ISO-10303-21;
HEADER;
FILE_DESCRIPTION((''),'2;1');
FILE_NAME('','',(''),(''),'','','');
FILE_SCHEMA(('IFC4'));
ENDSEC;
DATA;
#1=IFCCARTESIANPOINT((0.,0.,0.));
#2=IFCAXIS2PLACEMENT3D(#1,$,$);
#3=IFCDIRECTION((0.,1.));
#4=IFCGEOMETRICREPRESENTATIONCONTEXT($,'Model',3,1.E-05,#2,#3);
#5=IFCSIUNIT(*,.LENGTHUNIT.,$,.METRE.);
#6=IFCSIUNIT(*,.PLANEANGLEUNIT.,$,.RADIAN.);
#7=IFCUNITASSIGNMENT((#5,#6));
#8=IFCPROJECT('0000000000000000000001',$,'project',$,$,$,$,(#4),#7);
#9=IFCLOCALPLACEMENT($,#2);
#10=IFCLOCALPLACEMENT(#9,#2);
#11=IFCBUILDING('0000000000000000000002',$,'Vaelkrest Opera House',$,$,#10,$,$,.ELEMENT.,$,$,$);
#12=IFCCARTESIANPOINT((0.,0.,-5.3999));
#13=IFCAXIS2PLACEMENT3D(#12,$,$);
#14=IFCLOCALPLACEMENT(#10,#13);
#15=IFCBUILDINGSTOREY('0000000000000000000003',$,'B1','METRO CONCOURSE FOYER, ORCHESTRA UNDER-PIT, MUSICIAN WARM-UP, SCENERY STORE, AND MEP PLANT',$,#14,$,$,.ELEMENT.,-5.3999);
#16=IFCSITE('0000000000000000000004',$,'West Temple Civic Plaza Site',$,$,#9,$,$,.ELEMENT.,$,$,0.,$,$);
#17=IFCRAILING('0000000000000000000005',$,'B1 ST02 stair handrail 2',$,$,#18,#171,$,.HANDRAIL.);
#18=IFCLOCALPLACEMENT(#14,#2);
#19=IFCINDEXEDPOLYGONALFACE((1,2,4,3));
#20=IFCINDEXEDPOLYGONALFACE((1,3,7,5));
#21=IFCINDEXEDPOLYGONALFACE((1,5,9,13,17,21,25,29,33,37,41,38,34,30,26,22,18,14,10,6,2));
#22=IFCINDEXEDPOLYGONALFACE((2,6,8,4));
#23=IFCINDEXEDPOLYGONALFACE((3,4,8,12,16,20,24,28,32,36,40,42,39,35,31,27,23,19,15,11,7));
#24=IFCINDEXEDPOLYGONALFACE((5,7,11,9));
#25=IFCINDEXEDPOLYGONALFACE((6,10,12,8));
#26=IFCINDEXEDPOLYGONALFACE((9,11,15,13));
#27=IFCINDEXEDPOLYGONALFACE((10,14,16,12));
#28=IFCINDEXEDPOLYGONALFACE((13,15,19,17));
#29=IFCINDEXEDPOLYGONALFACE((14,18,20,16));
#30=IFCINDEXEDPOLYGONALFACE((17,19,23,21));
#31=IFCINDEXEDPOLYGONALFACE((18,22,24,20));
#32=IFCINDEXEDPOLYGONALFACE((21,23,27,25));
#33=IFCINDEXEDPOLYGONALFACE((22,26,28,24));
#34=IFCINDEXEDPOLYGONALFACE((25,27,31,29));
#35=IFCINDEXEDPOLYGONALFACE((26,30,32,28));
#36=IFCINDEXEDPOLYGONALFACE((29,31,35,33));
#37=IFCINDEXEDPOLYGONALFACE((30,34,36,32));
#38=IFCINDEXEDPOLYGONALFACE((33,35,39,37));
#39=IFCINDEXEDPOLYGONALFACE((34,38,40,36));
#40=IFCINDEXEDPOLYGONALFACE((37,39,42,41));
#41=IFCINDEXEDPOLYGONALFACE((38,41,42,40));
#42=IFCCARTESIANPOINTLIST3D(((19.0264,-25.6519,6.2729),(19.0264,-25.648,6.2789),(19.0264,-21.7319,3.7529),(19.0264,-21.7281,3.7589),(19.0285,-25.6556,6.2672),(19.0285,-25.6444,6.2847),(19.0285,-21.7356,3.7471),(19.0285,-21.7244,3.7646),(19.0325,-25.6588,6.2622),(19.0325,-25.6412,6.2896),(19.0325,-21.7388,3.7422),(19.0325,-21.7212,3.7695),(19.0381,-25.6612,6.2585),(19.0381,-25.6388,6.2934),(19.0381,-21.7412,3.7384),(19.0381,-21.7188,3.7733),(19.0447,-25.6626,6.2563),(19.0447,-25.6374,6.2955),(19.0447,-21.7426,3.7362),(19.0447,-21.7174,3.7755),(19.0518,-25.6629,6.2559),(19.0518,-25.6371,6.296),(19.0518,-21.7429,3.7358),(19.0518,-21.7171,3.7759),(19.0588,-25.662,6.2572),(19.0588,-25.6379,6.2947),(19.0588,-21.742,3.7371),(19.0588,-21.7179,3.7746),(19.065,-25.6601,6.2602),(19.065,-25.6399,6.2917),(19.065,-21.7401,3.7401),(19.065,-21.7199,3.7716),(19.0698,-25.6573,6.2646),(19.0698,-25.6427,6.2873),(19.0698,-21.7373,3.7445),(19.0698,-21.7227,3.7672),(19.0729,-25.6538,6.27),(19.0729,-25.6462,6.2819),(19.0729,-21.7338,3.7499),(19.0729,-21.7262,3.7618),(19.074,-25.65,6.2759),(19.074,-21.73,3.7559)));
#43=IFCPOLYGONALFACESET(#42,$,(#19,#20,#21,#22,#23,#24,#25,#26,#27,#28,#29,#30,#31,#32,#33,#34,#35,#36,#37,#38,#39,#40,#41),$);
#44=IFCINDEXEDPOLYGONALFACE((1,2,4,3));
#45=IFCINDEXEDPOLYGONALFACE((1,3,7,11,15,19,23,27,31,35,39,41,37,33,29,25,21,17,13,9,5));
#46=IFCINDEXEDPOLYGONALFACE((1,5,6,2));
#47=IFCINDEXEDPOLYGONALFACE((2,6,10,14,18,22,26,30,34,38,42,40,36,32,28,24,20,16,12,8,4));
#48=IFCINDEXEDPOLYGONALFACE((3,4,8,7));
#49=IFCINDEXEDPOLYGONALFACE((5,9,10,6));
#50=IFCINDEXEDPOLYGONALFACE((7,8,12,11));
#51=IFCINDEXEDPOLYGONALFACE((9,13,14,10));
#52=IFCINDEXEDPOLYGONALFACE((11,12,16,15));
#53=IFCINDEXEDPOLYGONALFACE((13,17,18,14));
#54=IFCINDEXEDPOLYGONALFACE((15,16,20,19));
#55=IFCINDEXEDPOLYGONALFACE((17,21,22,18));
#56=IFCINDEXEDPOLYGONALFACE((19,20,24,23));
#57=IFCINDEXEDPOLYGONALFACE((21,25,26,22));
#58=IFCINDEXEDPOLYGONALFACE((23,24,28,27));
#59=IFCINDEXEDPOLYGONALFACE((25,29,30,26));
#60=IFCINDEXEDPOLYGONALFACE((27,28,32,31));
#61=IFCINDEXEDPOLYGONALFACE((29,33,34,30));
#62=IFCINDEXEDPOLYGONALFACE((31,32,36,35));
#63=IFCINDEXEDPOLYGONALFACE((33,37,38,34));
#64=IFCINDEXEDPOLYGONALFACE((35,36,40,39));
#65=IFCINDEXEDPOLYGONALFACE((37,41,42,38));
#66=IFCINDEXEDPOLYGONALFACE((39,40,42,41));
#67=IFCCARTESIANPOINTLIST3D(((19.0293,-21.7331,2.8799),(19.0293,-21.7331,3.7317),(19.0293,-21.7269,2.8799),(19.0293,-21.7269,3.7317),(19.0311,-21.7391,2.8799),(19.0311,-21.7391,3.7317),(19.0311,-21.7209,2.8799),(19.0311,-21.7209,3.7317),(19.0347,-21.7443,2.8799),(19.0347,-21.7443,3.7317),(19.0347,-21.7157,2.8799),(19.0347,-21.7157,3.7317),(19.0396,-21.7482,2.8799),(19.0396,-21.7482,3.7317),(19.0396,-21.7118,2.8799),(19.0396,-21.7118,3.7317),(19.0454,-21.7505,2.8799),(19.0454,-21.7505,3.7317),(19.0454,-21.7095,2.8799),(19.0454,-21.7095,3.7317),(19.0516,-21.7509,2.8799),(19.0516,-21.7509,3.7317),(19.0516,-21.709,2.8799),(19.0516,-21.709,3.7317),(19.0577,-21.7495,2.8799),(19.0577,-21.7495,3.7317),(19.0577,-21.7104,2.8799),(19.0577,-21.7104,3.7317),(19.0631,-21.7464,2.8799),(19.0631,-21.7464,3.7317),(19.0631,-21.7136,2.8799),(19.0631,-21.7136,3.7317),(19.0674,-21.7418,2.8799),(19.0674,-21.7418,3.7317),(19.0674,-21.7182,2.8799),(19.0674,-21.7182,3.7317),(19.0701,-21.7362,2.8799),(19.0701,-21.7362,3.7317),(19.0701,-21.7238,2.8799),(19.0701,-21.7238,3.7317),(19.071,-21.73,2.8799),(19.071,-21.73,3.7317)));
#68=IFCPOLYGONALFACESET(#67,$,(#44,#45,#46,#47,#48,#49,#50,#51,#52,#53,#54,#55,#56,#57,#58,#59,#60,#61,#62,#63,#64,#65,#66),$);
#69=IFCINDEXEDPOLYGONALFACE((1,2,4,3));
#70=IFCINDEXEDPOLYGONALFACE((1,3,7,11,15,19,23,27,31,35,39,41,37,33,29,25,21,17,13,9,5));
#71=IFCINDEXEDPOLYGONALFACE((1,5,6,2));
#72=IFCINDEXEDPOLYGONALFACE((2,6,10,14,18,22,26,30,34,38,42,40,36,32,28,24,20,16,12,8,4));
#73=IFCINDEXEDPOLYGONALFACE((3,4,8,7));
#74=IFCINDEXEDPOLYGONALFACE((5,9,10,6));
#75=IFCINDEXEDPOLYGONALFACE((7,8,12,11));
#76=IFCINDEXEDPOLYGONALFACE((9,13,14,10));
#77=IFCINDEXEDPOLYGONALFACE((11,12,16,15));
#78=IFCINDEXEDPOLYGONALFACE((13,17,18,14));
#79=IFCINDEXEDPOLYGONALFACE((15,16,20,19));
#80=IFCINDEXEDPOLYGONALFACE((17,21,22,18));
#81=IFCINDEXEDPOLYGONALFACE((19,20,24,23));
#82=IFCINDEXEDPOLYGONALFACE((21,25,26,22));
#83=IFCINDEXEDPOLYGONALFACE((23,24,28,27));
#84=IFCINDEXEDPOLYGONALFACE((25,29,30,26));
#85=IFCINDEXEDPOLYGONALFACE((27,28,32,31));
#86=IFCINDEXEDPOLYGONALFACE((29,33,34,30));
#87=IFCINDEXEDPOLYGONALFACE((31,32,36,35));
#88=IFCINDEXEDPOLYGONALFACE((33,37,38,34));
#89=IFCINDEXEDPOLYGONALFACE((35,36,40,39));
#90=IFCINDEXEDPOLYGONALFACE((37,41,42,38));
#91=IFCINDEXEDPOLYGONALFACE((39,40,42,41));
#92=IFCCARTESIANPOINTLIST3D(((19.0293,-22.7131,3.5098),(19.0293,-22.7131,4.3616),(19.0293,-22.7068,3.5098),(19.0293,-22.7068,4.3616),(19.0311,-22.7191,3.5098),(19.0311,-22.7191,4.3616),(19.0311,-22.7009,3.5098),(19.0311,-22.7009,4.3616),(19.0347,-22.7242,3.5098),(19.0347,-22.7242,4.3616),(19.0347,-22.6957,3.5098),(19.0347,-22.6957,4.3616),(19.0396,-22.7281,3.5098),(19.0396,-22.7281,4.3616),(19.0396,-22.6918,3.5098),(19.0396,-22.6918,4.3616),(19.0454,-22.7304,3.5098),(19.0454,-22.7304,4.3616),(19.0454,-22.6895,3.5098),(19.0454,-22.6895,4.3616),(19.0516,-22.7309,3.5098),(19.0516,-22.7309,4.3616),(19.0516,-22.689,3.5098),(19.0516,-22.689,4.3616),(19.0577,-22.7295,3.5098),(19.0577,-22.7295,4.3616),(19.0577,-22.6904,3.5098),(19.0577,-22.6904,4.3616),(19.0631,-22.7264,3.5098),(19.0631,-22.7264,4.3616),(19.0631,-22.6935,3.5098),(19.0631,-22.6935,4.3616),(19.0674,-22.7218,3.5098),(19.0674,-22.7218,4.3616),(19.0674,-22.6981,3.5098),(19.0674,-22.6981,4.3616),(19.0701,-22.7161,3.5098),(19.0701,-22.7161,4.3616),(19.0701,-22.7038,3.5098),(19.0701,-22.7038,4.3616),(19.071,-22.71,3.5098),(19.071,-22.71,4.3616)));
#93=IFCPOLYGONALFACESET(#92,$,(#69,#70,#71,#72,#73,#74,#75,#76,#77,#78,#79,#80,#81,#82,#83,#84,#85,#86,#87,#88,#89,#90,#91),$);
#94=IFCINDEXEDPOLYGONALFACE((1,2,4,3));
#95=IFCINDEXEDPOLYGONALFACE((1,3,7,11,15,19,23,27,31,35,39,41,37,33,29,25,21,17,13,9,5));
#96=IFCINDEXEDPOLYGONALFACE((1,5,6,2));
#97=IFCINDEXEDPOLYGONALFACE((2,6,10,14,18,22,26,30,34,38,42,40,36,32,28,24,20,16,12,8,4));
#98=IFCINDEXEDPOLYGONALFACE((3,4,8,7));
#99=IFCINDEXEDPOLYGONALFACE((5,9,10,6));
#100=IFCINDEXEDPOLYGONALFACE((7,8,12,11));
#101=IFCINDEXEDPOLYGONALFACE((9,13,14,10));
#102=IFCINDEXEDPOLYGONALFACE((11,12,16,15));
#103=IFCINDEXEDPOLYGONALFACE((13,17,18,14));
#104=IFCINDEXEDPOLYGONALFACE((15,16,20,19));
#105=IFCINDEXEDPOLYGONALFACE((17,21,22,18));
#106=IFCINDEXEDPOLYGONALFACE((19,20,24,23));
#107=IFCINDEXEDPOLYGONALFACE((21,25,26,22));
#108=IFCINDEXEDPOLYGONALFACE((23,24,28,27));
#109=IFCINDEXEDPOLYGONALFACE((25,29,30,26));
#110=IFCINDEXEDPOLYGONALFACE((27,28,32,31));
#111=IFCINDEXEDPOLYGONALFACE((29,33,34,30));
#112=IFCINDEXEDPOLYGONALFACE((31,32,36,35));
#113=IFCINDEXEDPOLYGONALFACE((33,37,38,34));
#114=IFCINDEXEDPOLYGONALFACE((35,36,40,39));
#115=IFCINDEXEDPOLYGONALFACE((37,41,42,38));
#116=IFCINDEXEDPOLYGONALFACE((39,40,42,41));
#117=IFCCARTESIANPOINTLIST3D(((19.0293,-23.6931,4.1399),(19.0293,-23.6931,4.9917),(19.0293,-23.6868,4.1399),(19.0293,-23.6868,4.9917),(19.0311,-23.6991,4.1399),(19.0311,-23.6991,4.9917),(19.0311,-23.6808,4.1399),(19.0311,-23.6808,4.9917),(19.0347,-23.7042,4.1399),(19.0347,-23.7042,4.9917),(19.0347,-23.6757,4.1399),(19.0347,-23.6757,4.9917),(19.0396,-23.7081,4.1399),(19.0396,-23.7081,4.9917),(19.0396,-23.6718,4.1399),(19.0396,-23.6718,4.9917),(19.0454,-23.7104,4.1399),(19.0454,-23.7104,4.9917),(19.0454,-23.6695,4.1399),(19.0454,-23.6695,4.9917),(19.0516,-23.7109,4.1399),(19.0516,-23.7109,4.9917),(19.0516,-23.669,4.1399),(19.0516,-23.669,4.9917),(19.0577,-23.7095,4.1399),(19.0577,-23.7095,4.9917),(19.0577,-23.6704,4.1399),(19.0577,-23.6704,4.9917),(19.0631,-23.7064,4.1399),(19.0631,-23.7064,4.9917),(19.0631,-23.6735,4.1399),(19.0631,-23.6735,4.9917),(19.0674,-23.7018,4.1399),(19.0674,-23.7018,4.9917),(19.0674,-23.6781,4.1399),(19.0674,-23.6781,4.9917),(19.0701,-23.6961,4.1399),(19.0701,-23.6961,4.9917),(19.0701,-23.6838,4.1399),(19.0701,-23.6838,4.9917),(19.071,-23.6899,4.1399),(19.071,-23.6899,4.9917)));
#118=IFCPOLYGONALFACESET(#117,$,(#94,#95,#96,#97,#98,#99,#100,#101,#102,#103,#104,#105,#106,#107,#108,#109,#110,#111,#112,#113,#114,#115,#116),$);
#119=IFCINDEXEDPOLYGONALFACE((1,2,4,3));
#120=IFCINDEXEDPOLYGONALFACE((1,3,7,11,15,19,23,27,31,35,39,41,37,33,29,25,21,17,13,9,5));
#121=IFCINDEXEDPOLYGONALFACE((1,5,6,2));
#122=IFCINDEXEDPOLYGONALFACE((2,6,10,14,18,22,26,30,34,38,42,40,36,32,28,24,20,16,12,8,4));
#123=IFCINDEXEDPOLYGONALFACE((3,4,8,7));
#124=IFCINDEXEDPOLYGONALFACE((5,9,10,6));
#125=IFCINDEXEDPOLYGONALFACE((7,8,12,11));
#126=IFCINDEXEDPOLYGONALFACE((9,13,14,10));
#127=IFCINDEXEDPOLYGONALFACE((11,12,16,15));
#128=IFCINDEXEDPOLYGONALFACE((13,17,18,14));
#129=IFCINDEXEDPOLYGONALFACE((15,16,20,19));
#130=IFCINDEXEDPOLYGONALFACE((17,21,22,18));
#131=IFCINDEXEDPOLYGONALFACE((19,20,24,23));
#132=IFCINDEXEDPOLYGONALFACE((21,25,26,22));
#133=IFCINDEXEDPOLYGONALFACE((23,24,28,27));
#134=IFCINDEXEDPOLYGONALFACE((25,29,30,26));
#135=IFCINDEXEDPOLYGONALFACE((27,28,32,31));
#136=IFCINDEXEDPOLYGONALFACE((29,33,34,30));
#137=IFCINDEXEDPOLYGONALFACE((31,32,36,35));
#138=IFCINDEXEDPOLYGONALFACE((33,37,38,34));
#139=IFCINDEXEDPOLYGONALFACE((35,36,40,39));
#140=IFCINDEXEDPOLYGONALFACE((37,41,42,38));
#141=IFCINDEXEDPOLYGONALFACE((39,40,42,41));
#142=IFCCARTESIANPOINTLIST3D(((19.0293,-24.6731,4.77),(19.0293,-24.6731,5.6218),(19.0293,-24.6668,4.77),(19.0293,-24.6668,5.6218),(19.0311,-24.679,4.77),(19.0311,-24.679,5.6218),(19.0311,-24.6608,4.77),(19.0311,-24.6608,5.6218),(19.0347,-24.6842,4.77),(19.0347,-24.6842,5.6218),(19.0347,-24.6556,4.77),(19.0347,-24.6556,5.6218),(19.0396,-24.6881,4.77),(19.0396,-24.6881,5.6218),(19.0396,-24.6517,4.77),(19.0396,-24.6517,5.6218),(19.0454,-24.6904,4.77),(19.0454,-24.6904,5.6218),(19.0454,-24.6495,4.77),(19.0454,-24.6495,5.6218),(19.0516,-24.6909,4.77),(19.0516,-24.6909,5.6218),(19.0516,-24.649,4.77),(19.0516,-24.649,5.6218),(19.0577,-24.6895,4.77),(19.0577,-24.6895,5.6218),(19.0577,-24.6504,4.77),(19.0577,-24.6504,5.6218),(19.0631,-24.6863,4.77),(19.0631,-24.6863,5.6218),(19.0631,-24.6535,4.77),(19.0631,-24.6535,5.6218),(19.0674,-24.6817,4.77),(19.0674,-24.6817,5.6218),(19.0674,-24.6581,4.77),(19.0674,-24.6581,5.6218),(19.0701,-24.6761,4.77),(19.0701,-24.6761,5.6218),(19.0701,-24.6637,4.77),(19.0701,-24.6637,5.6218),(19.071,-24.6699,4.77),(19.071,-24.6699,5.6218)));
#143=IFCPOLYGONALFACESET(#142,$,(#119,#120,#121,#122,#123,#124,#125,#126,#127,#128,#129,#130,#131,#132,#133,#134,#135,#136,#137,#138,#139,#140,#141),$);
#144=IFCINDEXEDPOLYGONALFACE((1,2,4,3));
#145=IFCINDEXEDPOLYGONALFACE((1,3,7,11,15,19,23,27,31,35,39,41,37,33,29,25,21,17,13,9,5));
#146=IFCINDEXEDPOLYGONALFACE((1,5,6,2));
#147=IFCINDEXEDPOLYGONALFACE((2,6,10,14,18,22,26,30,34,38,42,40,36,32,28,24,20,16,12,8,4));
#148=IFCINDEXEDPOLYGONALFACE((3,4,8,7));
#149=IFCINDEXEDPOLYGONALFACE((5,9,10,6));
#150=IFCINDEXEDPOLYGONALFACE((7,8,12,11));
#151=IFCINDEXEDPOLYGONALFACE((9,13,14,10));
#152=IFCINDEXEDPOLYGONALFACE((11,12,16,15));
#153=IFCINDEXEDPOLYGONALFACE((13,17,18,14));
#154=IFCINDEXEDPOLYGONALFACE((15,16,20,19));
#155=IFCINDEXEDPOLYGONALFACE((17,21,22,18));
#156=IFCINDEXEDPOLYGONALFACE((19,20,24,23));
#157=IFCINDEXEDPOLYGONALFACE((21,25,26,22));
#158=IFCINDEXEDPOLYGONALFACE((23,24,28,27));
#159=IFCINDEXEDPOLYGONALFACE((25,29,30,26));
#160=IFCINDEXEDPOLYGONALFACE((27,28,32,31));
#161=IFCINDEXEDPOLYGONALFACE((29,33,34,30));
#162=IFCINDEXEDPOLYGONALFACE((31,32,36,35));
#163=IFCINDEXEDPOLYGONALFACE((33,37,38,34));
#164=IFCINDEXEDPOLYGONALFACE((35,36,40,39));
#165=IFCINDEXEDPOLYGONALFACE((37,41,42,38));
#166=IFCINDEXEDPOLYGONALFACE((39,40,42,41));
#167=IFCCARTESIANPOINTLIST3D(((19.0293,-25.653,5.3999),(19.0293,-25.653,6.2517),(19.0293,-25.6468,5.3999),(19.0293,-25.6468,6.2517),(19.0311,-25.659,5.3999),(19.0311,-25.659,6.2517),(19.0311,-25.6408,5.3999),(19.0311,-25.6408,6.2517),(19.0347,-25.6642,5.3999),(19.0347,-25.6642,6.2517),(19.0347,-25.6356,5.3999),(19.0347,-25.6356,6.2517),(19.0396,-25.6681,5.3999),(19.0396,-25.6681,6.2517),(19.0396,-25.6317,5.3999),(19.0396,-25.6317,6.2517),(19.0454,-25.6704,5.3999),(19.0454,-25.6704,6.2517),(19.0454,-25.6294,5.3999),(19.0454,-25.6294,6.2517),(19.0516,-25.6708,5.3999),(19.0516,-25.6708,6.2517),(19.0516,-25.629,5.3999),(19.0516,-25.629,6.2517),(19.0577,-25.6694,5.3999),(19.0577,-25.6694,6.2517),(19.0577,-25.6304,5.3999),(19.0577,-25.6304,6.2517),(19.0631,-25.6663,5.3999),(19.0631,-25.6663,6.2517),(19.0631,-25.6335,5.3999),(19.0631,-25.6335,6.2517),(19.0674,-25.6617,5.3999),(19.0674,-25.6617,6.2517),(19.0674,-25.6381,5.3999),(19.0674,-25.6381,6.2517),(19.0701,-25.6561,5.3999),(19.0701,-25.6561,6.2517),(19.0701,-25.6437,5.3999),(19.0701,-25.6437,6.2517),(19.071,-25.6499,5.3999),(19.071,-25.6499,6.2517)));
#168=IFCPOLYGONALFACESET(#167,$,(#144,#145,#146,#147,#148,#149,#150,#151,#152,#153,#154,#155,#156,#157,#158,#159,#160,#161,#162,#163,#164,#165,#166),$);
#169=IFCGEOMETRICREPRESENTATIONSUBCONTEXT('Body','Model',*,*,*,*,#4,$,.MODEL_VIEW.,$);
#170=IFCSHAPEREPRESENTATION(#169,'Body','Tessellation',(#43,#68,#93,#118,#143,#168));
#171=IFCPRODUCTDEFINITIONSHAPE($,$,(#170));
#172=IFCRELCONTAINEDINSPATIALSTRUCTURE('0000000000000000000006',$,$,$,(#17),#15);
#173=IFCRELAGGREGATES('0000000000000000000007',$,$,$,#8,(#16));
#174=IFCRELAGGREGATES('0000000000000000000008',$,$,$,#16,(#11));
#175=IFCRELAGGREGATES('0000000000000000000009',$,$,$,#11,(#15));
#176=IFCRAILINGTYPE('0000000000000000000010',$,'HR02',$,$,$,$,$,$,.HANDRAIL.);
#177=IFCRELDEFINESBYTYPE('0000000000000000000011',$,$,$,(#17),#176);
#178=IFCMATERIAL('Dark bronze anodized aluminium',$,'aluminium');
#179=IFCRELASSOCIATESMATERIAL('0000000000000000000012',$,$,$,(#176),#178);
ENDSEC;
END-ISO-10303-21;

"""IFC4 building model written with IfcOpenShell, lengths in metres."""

from ifc_helpers import new_model, si_unit, direction, frame, origin, origin_2d, place, context, subcontext, project, spatial, circle, extrude, material, type_object, element, save


model = new_model("IFC4")

# Units and contexts
model_context = context("Model", 3, precision=1e-05, world=origin(), true_north=direction((0.0, 1.0)))
body_context = subcontext(model_context, "Body", "Model", "MODEL_VIEW")
ifc_project = project(units=[si_unit("LENGTHUNIT", "METRE"), si_unit("PLANEANGLEUNIT", "RADIAN")], contexts=[model_context])

# Site, building, storey
site_placement = place(None, origin())
site = spatial("IfcSite", under=ifc_project, at=site_placement, Name="West Temple Civic Plaza Site", CompositionType="ELEMENT", RefElevation=0.0)
building_placement = place(site_placement, origin())
building = spatial("IfcBuilding", under=site, at=building_placement, Name="Vaelkrest Opera House", CompositionType="ELEMENT")
storey_placement = place(building_placement, frame((0.0, 0.0, -5.3999)))
storey = spatial("IfcBuildingStorey", under=building, at=storey_placement, Name="B1", Description="METRO CONCOURSE FOYER, ORCHESTRA UNDER-PIT, MUSICIAN WARM-UP, SCENERY STORE, AND MEP PLANT", CompositionType="ELEMENT", Elevation=-5.3999)

# Railing
ifc_material_1 = material(Name="Dark bronze anodized aluminium", Category="aluminium")
railing_type_1 = type_object("IfcRailingType", Name="HR02", PredefinedType="HANDRAIL", material=ifc_material_1)
railing_1_placement = place(storey_placement, frame((19.05, -21.73, 2.8799)))
element("IfcRailing", 1, at=railing_1_placement, inside=storey, type_object=railing_type_1, Name="B1 ST02 stair handrail 2", PredefinedType="HANDRAIL", context=body_context, shape_type="SweptSolid", body=[
    extrude(circle(Radius=0.0239, at=origin_2d()), frame((0.0, 0.0, 0.876), z_axis=(0.0, -0.841172, 0.540768), x_axis=(1.0, 0.0, 0.0)), (0.0, 0.0, 1.0), 4.6602),
    extrude(circle(Radius=0.021, at=origin_2d()), origin(), (0.0, 0.0, 1.0), 0.8518),
    extrude(circle(Radius=0.021, at=origin_2d()), frame((0.0, -0.98, 0.6299)), (0.0, 0.0, 1.0), 0.8518),
    extrude(circle(Radius=0.021, at=origin_2d()), frame((0.0, -1.96, 1.26)), (0.0, 0.0, 1.0), 0.8518),
    extrude(circle(Radius=0.021, at=origin_2d()), frame((0.0, -2.9399, 1.8901)), (0.0, 0.0, 1.0), 0.8518),
    extrude(circle(Radius=0.021, at=origin_2d()), frame((0.0, -3.9199, 2.52)), (0.0, 0.0, 1.0), 0.8518),
])

save(model, "model.ifc")
